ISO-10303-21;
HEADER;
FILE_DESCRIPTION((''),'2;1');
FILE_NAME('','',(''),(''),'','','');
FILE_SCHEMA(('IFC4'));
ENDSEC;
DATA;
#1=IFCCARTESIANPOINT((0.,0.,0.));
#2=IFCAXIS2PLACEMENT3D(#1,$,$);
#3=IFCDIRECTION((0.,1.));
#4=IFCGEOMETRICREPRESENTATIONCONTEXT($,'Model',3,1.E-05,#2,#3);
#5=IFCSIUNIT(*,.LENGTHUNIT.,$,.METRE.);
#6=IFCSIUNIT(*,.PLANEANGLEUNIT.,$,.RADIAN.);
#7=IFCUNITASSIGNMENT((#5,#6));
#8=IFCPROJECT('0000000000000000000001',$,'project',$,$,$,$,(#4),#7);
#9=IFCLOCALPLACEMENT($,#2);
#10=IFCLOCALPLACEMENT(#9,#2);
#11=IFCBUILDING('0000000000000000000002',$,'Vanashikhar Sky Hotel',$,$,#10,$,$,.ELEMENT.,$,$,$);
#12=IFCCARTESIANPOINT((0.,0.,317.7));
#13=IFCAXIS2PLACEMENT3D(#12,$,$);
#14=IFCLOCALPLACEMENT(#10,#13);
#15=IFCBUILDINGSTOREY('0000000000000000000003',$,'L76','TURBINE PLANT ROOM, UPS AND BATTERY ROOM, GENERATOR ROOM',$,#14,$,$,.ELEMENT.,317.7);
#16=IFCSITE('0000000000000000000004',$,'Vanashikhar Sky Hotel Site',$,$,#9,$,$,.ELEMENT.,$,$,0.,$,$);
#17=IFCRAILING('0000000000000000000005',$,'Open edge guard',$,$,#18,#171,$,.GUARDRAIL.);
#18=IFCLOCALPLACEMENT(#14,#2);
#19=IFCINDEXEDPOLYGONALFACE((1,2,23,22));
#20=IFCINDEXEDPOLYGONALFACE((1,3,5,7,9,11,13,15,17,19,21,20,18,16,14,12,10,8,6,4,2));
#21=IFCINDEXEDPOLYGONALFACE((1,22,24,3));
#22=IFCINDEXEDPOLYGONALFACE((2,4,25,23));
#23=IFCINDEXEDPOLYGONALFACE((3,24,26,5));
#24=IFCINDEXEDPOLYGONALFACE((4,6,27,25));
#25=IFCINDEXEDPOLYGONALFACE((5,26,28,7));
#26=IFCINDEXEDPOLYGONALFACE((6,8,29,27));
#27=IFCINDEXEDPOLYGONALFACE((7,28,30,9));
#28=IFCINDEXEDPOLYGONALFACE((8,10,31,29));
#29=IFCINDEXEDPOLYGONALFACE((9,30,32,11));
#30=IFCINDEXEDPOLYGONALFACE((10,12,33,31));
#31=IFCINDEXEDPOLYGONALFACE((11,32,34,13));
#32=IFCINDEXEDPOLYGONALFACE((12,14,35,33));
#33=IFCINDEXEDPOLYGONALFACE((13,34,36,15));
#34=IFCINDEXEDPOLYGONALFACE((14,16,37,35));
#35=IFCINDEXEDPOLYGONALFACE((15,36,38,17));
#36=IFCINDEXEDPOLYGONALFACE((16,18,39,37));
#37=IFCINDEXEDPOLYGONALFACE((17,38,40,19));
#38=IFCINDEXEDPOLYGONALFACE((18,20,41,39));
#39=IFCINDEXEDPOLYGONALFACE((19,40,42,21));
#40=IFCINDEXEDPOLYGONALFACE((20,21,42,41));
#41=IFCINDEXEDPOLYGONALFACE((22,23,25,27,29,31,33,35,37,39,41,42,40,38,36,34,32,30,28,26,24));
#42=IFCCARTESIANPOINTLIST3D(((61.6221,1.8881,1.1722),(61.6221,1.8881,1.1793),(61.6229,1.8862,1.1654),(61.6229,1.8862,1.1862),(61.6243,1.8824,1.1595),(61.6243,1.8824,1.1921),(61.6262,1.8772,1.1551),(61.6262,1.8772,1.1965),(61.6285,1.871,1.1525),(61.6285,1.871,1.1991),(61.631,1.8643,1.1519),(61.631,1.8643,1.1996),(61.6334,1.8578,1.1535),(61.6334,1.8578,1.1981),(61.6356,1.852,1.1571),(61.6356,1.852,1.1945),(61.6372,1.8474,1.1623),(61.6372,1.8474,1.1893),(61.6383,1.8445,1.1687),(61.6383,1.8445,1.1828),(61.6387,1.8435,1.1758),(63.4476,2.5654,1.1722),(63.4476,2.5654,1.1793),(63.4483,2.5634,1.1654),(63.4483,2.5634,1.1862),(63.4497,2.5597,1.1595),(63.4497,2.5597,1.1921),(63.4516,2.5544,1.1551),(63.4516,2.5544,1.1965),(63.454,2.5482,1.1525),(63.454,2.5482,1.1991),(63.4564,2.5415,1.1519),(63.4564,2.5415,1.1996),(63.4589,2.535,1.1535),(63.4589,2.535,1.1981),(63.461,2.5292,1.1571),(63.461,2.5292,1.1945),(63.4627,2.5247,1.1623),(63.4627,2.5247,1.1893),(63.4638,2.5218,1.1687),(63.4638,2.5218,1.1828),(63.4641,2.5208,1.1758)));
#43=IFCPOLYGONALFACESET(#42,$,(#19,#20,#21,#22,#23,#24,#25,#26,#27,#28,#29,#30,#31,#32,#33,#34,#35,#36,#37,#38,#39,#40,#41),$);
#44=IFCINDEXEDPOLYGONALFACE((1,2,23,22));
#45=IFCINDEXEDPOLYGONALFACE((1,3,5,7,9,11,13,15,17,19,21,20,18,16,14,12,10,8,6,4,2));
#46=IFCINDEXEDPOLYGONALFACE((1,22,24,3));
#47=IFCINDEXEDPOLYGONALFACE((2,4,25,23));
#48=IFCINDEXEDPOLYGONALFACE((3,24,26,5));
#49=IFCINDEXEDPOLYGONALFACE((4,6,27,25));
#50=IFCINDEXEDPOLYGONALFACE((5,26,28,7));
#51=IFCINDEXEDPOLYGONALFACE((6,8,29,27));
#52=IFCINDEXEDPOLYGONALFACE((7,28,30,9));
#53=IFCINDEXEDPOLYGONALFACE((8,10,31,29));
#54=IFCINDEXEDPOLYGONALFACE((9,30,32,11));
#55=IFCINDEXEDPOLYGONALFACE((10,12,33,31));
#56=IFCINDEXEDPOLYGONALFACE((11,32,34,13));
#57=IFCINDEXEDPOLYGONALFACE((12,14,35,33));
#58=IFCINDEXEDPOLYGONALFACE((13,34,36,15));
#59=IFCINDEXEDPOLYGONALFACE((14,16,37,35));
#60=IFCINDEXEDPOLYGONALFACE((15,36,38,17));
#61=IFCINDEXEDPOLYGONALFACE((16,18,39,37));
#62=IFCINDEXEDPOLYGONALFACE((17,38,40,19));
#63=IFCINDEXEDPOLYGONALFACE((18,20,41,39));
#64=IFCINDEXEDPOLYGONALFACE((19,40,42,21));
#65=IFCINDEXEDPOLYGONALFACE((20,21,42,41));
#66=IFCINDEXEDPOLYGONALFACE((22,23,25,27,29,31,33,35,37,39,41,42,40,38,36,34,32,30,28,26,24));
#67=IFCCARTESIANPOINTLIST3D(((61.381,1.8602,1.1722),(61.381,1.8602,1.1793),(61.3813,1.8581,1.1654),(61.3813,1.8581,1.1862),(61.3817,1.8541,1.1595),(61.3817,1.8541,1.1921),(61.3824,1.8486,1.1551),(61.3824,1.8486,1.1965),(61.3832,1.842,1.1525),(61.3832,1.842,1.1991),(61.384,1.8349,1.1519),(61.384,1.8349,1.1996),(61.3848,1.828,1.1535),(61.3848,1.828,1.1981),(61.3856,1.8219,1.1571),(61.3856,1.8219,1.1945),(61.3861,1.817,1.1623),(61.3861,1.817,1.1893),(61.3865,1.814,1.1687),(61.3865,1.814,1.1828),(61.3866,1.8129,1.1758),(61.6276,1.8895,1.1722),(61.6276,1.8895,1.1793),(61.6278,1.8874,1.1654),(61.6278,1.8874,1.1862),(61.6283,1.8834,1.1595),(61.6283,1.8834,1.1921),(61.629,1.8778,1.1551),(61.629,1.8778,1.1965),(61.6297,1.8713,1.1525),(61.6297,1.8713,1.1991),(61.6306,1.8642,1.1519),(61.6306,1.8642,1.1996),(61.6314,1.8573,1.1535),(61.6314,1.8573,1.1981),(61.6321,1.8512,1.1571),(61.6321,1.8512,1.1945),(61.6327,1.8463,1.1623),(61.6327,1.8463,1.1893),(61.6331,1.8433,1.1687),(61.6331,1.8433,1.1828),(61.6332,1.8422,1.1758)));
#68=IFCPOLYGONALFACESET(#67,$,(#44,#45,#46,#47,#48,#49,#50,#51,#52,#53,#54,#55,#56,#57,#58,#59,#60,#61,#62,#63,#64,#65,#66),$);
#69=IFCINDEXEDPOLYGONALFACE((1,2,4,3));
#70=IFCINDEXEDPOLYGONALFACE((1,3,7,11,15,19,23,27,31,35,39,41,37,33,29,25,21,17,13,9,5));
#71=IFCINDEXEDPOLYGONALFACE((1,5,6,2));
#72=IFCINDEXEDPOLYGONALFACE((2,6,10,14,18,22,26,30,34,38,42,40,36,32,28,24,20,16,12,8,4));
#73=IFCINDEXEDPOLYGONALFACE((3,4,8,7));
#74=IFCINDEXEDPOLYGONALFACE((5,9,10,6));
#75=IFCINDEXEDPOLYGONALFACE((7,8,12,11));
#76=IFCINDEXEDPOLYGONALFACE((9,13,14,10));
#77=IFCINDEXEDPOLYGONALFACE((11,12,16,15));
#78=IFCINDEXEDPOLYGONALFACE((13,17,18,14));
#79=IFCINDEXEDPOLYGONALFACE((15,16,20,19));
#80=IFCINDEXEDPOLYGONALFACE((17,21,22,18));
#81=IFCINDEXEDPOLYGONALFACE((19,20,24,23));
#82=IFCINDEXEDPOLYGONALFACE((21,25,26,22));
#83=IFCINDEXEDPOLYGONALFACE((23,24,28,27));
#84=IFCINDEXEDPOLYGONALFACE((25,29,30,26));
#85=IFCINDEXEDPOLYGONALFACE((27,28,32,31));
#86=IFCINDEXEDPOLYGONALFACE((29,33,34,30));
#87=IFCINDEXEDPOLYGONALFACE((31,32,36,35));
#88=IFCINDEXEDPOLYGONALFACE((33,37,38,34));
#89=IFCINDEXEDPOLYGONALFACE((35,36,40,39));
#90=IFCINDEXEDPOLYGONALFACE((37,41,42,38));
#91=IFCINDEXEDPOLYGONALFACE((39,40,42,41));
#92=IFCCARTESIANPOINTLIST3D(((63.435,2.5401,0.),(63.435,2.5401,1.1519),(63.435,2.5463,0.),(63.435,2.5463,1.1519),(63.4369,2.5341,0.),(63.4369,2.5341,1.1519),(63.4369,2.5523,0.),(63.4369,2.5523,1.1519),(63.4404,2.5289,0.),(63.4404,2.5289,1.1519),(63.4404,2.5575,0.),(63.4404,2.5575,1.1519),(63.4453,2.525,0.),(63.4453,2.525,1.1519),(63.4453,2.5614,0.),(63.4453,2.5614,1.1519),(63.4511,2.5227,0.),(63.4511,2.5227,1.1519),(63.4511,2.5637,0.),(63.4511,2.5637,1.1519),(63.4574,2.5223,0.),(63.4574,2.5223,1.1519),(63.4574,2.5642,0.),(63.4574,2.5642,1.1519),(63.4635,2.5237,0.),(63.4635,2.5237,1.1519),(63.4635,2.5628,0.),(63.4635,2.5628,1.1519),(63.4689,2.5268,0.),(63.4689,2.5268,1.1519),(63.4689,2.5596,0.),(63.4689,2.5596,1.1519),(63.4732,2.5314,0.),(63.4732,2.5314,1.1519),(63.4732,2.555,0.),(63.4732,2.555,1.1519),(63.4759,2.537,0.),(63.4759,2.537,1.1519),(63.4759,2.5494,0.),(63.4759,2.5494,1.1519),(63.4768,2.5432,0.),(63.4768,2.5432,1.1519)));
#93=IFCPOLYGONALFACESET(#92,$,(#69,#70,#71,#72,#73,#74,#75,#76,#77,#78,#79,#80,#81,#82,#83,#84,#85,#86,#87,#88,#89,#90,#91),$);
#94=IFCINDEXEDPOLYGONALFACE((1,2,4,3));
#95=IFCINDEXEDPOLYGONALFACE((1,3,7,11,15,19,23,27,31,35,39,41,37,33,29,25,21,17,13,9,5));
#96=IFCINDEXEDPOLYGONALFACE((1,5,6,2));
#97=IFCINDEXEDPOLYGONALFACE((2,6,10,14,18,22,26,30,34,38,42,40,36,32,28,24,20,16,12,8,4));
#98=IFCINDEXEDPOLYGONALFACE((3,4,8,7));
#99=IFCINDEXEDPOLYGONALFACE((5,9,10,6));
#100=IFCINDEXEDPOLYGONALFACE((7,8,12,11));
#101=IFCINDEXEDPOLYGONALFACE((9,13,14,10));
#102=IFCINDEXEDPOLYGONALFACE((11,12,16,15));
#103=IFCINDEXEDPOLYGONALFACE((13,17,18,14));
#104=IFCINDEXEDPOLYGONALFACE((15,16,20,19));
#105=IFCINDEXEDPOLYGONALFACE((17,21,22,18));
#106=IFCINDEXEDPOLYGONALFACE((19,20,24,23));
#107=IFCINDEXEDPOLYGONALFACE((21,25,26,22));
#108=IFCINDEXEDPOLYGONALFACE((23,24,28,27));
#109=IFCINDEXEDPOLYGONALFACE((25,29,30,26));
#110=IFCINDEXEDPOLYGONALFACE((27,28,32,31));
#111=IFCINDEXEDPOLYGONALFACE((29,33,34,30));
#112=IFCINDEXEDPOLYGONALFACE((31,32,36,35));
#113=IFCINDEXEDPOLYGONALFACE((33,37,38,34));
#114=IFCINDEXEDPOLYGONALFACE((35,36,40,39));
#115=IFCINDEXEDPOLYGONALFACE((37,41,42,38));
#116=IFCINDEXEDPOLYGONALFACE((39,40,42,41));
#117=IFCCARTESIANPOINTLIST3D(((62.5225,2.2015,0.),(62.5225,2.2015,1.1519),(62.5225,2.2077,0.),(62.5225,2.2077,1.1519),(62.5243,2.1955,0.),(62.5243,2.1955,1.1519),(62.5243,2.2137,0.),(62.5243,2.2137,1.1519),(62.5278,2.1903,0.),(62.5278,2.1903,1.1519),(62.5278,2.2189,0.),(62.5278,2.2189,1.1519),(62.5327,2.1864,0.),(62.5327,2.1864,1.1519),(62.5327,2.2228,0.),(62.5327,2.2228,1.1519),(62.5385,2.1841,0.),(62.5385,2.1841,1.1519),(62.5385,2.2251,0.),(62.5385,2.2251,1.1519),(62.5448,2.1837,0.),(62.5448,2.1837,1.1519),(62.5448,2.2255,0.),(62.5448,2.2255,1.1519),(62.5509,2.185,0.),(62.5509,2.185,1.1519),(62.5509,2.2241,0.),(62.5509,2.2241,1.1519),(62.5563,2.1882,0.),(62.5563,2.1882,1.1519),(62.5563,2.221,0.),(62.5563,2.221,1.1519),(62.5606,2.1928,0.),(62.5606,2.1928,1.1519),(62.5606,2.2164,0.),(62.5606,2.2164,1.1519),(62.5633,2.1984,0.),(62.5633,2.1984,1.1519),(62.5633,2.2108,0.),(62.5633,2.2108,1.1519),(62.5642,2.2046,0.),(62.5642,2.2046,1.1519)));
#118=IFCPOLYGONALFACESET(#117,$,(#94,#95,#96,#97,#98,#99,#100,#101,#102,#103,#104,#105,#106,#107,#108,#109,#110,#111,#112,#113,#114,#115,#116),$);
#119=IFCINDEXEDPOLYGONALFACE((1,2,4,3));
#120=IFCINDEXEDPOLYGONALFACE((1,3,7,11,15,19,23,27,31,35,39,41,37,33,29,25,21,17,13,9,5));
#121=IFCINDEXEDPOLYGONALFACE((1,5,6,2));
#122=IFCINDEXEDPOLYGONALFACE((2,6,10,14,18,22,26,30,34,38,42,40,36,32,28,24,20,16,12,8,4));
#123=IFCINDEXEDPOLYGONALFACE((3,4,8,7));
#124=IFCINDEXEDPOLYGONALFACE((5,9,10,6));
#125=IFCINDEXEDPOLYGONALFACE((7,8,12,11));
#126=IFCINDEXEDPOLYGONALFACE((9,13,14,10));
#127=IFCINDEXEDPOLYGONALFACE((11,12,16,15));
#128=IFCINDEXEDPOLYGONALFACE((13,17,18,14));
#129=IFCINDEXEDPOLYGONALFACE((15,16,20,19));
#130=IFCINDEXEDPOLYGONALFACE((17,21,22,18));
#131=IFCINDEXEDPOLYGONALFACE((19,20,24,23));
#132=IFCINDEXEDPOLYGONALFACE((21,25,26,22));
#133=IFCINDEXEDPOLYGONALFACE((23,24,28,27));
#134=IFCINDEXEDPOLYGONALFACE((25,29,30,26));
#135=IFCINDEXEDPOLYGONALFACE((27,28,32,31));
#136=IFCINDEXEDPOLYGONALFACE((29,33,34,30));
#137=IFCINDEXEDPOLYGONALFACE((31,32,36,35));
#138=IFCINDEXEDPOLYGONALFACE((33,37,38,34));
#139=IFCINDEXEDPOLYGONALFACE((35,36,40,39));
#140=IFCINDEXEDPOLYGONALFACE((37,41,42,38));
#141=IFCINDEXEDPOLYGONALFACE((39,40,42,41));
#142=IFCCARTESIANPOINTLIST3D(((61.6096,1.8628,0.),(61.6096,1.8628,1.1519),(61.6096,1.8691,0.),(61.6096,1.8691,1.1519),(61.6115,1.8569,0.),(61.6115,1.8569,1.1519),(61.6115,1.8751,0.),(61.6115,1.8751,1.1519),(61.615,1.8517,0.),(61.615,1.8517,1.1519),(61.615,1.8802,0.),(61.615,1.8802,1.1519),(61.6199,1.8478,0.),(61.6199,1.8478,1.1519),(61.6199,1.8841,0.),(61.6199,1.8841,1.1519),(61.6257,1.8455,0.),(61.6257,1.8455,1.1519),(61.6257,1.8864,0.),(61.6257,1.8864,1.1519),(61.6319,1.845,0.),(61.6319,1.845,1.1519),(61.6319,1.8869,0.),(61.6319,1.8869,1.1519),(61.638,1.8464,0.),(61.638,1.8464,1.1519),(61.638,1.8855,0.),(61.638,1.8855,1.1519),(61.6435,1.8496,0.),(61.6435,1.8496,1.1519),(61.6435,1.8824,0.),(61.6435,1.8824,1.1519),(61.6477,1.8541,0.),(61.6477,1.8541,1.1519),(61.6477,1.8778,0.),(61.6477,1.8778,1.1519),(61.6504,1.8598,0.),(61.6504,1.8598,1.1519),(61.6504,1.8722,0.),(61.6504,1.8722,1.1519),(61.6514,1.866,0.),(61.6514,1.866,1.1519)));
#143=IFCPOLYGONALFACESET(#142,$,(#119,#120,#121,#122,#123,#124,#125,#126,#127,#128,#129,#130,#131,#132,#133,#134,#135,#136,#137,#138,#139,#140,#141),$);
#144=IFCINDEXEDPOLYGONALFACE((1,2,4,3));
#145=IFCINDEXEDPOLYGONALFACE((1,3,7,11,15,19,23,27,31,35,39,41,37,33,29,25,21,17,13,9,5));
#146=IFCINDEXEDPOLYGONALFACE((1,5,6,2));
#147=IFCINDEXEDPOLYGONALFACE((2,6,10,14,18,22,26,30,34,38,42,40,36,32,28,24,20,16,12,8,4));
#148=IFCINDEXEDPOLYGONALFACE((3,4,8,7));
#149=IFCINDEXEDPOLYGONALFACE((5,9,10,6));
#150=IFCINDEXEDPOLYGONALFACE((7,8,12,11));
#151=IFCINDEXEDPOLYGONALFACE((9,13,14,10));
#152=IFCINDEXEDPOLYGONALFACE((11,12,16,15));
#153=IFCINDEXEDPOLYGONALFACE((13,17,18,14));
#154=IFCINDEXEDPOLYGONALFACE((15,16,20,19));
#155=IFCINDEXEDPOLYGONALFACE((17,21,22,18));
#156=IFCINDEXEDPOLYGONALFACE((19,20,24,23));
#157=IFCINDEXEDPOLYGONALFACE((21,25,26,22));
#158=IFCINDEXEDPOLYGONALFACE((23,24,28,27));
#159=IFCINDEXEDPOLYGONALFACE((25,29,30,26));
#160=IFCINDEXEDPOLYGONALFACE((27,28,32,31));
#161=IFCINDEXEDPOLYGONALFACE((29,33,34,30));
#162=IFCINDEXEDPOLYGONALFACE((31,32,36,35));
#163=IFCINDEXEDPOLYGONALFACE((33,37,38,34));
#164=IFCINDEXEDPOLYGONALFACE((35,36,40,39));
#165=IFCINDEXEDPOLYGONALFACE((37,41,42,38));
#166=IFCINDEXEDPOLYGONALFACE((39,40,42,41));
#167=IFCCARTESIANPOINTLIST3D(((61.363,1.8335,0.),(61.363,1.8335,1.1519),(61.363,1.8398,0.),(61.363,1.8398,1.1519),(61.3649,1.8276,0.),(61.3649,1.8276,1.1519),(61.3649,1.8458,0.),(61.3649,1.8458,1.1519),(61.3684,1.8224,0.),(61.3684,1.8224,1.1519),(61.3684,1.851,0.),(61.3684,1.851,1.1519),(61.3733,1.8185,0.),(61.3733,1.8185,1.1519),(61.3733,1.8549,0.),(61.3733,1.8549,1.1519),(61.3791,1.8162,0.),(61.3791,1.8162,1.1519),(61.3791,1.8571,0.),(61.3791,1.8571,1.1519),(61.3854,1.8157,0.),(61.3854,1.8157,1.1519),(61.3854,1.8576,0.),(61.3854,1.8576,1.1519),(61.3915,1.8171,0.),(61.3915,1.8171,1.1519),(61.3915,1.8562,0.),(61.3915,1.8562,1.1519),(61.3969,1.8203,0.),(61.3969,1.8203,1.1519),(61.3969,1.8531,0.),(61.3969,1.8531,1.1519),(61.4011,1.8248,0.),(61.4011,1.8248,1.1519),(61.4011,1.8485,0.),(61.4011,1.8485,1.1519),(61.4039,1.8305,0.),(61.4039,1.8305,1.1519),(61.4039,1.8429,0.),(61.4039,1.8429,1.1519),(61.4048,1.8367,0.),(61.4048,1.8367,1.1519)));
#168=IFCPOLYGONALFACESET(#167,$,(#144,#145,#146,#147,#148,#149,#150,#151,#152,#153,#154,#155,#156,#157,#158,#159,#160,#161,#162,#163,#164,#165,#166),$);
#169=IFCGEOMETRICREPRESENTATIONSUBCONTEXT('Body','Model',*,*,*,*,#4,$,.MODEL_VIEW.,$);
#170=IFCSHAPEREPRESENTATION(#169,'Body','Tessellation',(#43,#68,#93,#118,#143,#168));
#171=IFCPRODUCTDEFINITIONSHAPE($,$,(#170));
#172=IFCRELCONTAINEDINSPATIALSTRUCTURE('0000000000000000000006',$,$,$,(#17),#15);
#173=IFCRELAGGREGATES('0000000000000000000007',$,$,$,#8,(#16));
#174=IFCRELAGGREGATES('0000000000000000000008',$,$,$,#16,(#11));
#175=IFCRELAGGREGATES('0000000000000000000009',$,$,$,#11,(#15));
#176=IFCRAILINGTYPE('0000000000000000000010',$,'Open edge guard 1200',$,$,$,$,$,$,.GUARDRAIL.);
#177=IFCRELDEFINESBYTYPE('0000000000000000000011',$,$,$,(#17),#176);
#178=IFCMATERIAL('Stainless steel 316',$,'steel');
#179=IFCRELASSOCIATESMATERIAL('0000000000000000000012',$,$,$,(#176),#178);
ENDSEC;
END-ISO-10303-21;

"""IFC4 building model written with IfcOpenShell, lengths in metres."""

from ifc_helpers import new_model, si_unit, direction, frame, origin, origin_2d, place, context, subcontext, project, spatial, circle, extrude, source, transform, mapped, material, type_object, element, save


model = new_model("IFC4")

# Units and contexts
model_context = context("Model", 3, precision=1e-05, world=origin(), true_north=direction((0.0, 1.0)))
body_context = subcontext(model_context, "Body", "Model", "MODEL_VIEW")
ifc_project = project(units=[si_unit("LENGTHUNIT", "METRE"), si_unit("PLANEANGLEUNIT", "RADIAN")], contexts=[model_context])

# Site, building, storey
site_placement = place(None, origin())
site = spatial("IfcSite", under=ifc_project, at=site_placement, Name="Vanashikhar Sky Hotel Site", CompositionType="ELEMENT", RefElevation=0.0)
building_placement = place(site_placement, origin())
building = spatial("IfcBuilding", under=site, at=building_placement, Name="Vanashikhar Sky Hotel", CompositionType="ELEMENT")
storey_placement = place(building_placement, frame((0.0, 0.0, 317.7)))
storey = spatial("IfcBuildingStorey", under=building, at=storey_placement, Name="L76", Description="TURBINE PLANT ROOM, UPS AND BATTERY ROOM, GENERATOR ROOM", CompositionType="ELEMENT", Elevation=317.7)

# Railing
ifc_material_1 = material(Name="Stainless steel 316", Category="steel")
railing_type = type_object("IfcRailingType", Name="Open edge guard 1200", PredefinedType="GUARDRAIL", material=ifc_material_1)
shared_shape_1 = source(origin(), body_context, "Body", "SweptSolid", [
    extrude(circle(Radius=0.0239, at=origin_2d()), frame((0.0, 0.0, 1.1758), z_axis=(-0.937555, -0.347837, 0.0), x_axis=(0.347837, -0.937555, 0.0)), (0.0, 0.0, 1.0), 1.947),
    extrude(circle(Radius=0.0239, at=origin_2d()), frame((-1.8254, -0.6772, 1.1758), z_axis=(-0.993016, -0.117982, 0.0), x_axis=(0.117982, -0.993016, 0.0)), (0.0, 0.0, 1.0), 0.2483),
    extrude(circle(Radius=0.021, at=origin_2d()), origin(), (0.0, 0.0, 1.0), 1.1519),
    extrude(circle(Radius=0.021, at=origin_2d()), frame((-0.9126, -0.3386, 0.0)), (0.0, 0.0, 1.0), 1.1519),
    extrude(circle(Radius=0.021, at=origin_2d()), frame((-1.8254, -0.6772, 0.0)), (0.0, 0.0, 1.0), 1.1519),
    extrude(circle(Radius=0.021, at=origin_2d()), frame((-2.072, -0.7065, 0.0)), (0.0, 0.0, 1.0), 1.1519),
])
railing_1_placement = place(storey_placement, frame((63.4558, 2.5432, 0.0)))
element("IfcRailing", 1, at=railing_1_placement, inside=storey, type_object=railing_type, Name="Open edge guard", PredefinedType="GUARDRAIL", context=body_context, shape_type="MappedRepresentation", body=[
    mapped(shared_shape_1, transform((0.0, 0.0, 0.0), scale=1.0)),
])

save(model, "model.ifc")
